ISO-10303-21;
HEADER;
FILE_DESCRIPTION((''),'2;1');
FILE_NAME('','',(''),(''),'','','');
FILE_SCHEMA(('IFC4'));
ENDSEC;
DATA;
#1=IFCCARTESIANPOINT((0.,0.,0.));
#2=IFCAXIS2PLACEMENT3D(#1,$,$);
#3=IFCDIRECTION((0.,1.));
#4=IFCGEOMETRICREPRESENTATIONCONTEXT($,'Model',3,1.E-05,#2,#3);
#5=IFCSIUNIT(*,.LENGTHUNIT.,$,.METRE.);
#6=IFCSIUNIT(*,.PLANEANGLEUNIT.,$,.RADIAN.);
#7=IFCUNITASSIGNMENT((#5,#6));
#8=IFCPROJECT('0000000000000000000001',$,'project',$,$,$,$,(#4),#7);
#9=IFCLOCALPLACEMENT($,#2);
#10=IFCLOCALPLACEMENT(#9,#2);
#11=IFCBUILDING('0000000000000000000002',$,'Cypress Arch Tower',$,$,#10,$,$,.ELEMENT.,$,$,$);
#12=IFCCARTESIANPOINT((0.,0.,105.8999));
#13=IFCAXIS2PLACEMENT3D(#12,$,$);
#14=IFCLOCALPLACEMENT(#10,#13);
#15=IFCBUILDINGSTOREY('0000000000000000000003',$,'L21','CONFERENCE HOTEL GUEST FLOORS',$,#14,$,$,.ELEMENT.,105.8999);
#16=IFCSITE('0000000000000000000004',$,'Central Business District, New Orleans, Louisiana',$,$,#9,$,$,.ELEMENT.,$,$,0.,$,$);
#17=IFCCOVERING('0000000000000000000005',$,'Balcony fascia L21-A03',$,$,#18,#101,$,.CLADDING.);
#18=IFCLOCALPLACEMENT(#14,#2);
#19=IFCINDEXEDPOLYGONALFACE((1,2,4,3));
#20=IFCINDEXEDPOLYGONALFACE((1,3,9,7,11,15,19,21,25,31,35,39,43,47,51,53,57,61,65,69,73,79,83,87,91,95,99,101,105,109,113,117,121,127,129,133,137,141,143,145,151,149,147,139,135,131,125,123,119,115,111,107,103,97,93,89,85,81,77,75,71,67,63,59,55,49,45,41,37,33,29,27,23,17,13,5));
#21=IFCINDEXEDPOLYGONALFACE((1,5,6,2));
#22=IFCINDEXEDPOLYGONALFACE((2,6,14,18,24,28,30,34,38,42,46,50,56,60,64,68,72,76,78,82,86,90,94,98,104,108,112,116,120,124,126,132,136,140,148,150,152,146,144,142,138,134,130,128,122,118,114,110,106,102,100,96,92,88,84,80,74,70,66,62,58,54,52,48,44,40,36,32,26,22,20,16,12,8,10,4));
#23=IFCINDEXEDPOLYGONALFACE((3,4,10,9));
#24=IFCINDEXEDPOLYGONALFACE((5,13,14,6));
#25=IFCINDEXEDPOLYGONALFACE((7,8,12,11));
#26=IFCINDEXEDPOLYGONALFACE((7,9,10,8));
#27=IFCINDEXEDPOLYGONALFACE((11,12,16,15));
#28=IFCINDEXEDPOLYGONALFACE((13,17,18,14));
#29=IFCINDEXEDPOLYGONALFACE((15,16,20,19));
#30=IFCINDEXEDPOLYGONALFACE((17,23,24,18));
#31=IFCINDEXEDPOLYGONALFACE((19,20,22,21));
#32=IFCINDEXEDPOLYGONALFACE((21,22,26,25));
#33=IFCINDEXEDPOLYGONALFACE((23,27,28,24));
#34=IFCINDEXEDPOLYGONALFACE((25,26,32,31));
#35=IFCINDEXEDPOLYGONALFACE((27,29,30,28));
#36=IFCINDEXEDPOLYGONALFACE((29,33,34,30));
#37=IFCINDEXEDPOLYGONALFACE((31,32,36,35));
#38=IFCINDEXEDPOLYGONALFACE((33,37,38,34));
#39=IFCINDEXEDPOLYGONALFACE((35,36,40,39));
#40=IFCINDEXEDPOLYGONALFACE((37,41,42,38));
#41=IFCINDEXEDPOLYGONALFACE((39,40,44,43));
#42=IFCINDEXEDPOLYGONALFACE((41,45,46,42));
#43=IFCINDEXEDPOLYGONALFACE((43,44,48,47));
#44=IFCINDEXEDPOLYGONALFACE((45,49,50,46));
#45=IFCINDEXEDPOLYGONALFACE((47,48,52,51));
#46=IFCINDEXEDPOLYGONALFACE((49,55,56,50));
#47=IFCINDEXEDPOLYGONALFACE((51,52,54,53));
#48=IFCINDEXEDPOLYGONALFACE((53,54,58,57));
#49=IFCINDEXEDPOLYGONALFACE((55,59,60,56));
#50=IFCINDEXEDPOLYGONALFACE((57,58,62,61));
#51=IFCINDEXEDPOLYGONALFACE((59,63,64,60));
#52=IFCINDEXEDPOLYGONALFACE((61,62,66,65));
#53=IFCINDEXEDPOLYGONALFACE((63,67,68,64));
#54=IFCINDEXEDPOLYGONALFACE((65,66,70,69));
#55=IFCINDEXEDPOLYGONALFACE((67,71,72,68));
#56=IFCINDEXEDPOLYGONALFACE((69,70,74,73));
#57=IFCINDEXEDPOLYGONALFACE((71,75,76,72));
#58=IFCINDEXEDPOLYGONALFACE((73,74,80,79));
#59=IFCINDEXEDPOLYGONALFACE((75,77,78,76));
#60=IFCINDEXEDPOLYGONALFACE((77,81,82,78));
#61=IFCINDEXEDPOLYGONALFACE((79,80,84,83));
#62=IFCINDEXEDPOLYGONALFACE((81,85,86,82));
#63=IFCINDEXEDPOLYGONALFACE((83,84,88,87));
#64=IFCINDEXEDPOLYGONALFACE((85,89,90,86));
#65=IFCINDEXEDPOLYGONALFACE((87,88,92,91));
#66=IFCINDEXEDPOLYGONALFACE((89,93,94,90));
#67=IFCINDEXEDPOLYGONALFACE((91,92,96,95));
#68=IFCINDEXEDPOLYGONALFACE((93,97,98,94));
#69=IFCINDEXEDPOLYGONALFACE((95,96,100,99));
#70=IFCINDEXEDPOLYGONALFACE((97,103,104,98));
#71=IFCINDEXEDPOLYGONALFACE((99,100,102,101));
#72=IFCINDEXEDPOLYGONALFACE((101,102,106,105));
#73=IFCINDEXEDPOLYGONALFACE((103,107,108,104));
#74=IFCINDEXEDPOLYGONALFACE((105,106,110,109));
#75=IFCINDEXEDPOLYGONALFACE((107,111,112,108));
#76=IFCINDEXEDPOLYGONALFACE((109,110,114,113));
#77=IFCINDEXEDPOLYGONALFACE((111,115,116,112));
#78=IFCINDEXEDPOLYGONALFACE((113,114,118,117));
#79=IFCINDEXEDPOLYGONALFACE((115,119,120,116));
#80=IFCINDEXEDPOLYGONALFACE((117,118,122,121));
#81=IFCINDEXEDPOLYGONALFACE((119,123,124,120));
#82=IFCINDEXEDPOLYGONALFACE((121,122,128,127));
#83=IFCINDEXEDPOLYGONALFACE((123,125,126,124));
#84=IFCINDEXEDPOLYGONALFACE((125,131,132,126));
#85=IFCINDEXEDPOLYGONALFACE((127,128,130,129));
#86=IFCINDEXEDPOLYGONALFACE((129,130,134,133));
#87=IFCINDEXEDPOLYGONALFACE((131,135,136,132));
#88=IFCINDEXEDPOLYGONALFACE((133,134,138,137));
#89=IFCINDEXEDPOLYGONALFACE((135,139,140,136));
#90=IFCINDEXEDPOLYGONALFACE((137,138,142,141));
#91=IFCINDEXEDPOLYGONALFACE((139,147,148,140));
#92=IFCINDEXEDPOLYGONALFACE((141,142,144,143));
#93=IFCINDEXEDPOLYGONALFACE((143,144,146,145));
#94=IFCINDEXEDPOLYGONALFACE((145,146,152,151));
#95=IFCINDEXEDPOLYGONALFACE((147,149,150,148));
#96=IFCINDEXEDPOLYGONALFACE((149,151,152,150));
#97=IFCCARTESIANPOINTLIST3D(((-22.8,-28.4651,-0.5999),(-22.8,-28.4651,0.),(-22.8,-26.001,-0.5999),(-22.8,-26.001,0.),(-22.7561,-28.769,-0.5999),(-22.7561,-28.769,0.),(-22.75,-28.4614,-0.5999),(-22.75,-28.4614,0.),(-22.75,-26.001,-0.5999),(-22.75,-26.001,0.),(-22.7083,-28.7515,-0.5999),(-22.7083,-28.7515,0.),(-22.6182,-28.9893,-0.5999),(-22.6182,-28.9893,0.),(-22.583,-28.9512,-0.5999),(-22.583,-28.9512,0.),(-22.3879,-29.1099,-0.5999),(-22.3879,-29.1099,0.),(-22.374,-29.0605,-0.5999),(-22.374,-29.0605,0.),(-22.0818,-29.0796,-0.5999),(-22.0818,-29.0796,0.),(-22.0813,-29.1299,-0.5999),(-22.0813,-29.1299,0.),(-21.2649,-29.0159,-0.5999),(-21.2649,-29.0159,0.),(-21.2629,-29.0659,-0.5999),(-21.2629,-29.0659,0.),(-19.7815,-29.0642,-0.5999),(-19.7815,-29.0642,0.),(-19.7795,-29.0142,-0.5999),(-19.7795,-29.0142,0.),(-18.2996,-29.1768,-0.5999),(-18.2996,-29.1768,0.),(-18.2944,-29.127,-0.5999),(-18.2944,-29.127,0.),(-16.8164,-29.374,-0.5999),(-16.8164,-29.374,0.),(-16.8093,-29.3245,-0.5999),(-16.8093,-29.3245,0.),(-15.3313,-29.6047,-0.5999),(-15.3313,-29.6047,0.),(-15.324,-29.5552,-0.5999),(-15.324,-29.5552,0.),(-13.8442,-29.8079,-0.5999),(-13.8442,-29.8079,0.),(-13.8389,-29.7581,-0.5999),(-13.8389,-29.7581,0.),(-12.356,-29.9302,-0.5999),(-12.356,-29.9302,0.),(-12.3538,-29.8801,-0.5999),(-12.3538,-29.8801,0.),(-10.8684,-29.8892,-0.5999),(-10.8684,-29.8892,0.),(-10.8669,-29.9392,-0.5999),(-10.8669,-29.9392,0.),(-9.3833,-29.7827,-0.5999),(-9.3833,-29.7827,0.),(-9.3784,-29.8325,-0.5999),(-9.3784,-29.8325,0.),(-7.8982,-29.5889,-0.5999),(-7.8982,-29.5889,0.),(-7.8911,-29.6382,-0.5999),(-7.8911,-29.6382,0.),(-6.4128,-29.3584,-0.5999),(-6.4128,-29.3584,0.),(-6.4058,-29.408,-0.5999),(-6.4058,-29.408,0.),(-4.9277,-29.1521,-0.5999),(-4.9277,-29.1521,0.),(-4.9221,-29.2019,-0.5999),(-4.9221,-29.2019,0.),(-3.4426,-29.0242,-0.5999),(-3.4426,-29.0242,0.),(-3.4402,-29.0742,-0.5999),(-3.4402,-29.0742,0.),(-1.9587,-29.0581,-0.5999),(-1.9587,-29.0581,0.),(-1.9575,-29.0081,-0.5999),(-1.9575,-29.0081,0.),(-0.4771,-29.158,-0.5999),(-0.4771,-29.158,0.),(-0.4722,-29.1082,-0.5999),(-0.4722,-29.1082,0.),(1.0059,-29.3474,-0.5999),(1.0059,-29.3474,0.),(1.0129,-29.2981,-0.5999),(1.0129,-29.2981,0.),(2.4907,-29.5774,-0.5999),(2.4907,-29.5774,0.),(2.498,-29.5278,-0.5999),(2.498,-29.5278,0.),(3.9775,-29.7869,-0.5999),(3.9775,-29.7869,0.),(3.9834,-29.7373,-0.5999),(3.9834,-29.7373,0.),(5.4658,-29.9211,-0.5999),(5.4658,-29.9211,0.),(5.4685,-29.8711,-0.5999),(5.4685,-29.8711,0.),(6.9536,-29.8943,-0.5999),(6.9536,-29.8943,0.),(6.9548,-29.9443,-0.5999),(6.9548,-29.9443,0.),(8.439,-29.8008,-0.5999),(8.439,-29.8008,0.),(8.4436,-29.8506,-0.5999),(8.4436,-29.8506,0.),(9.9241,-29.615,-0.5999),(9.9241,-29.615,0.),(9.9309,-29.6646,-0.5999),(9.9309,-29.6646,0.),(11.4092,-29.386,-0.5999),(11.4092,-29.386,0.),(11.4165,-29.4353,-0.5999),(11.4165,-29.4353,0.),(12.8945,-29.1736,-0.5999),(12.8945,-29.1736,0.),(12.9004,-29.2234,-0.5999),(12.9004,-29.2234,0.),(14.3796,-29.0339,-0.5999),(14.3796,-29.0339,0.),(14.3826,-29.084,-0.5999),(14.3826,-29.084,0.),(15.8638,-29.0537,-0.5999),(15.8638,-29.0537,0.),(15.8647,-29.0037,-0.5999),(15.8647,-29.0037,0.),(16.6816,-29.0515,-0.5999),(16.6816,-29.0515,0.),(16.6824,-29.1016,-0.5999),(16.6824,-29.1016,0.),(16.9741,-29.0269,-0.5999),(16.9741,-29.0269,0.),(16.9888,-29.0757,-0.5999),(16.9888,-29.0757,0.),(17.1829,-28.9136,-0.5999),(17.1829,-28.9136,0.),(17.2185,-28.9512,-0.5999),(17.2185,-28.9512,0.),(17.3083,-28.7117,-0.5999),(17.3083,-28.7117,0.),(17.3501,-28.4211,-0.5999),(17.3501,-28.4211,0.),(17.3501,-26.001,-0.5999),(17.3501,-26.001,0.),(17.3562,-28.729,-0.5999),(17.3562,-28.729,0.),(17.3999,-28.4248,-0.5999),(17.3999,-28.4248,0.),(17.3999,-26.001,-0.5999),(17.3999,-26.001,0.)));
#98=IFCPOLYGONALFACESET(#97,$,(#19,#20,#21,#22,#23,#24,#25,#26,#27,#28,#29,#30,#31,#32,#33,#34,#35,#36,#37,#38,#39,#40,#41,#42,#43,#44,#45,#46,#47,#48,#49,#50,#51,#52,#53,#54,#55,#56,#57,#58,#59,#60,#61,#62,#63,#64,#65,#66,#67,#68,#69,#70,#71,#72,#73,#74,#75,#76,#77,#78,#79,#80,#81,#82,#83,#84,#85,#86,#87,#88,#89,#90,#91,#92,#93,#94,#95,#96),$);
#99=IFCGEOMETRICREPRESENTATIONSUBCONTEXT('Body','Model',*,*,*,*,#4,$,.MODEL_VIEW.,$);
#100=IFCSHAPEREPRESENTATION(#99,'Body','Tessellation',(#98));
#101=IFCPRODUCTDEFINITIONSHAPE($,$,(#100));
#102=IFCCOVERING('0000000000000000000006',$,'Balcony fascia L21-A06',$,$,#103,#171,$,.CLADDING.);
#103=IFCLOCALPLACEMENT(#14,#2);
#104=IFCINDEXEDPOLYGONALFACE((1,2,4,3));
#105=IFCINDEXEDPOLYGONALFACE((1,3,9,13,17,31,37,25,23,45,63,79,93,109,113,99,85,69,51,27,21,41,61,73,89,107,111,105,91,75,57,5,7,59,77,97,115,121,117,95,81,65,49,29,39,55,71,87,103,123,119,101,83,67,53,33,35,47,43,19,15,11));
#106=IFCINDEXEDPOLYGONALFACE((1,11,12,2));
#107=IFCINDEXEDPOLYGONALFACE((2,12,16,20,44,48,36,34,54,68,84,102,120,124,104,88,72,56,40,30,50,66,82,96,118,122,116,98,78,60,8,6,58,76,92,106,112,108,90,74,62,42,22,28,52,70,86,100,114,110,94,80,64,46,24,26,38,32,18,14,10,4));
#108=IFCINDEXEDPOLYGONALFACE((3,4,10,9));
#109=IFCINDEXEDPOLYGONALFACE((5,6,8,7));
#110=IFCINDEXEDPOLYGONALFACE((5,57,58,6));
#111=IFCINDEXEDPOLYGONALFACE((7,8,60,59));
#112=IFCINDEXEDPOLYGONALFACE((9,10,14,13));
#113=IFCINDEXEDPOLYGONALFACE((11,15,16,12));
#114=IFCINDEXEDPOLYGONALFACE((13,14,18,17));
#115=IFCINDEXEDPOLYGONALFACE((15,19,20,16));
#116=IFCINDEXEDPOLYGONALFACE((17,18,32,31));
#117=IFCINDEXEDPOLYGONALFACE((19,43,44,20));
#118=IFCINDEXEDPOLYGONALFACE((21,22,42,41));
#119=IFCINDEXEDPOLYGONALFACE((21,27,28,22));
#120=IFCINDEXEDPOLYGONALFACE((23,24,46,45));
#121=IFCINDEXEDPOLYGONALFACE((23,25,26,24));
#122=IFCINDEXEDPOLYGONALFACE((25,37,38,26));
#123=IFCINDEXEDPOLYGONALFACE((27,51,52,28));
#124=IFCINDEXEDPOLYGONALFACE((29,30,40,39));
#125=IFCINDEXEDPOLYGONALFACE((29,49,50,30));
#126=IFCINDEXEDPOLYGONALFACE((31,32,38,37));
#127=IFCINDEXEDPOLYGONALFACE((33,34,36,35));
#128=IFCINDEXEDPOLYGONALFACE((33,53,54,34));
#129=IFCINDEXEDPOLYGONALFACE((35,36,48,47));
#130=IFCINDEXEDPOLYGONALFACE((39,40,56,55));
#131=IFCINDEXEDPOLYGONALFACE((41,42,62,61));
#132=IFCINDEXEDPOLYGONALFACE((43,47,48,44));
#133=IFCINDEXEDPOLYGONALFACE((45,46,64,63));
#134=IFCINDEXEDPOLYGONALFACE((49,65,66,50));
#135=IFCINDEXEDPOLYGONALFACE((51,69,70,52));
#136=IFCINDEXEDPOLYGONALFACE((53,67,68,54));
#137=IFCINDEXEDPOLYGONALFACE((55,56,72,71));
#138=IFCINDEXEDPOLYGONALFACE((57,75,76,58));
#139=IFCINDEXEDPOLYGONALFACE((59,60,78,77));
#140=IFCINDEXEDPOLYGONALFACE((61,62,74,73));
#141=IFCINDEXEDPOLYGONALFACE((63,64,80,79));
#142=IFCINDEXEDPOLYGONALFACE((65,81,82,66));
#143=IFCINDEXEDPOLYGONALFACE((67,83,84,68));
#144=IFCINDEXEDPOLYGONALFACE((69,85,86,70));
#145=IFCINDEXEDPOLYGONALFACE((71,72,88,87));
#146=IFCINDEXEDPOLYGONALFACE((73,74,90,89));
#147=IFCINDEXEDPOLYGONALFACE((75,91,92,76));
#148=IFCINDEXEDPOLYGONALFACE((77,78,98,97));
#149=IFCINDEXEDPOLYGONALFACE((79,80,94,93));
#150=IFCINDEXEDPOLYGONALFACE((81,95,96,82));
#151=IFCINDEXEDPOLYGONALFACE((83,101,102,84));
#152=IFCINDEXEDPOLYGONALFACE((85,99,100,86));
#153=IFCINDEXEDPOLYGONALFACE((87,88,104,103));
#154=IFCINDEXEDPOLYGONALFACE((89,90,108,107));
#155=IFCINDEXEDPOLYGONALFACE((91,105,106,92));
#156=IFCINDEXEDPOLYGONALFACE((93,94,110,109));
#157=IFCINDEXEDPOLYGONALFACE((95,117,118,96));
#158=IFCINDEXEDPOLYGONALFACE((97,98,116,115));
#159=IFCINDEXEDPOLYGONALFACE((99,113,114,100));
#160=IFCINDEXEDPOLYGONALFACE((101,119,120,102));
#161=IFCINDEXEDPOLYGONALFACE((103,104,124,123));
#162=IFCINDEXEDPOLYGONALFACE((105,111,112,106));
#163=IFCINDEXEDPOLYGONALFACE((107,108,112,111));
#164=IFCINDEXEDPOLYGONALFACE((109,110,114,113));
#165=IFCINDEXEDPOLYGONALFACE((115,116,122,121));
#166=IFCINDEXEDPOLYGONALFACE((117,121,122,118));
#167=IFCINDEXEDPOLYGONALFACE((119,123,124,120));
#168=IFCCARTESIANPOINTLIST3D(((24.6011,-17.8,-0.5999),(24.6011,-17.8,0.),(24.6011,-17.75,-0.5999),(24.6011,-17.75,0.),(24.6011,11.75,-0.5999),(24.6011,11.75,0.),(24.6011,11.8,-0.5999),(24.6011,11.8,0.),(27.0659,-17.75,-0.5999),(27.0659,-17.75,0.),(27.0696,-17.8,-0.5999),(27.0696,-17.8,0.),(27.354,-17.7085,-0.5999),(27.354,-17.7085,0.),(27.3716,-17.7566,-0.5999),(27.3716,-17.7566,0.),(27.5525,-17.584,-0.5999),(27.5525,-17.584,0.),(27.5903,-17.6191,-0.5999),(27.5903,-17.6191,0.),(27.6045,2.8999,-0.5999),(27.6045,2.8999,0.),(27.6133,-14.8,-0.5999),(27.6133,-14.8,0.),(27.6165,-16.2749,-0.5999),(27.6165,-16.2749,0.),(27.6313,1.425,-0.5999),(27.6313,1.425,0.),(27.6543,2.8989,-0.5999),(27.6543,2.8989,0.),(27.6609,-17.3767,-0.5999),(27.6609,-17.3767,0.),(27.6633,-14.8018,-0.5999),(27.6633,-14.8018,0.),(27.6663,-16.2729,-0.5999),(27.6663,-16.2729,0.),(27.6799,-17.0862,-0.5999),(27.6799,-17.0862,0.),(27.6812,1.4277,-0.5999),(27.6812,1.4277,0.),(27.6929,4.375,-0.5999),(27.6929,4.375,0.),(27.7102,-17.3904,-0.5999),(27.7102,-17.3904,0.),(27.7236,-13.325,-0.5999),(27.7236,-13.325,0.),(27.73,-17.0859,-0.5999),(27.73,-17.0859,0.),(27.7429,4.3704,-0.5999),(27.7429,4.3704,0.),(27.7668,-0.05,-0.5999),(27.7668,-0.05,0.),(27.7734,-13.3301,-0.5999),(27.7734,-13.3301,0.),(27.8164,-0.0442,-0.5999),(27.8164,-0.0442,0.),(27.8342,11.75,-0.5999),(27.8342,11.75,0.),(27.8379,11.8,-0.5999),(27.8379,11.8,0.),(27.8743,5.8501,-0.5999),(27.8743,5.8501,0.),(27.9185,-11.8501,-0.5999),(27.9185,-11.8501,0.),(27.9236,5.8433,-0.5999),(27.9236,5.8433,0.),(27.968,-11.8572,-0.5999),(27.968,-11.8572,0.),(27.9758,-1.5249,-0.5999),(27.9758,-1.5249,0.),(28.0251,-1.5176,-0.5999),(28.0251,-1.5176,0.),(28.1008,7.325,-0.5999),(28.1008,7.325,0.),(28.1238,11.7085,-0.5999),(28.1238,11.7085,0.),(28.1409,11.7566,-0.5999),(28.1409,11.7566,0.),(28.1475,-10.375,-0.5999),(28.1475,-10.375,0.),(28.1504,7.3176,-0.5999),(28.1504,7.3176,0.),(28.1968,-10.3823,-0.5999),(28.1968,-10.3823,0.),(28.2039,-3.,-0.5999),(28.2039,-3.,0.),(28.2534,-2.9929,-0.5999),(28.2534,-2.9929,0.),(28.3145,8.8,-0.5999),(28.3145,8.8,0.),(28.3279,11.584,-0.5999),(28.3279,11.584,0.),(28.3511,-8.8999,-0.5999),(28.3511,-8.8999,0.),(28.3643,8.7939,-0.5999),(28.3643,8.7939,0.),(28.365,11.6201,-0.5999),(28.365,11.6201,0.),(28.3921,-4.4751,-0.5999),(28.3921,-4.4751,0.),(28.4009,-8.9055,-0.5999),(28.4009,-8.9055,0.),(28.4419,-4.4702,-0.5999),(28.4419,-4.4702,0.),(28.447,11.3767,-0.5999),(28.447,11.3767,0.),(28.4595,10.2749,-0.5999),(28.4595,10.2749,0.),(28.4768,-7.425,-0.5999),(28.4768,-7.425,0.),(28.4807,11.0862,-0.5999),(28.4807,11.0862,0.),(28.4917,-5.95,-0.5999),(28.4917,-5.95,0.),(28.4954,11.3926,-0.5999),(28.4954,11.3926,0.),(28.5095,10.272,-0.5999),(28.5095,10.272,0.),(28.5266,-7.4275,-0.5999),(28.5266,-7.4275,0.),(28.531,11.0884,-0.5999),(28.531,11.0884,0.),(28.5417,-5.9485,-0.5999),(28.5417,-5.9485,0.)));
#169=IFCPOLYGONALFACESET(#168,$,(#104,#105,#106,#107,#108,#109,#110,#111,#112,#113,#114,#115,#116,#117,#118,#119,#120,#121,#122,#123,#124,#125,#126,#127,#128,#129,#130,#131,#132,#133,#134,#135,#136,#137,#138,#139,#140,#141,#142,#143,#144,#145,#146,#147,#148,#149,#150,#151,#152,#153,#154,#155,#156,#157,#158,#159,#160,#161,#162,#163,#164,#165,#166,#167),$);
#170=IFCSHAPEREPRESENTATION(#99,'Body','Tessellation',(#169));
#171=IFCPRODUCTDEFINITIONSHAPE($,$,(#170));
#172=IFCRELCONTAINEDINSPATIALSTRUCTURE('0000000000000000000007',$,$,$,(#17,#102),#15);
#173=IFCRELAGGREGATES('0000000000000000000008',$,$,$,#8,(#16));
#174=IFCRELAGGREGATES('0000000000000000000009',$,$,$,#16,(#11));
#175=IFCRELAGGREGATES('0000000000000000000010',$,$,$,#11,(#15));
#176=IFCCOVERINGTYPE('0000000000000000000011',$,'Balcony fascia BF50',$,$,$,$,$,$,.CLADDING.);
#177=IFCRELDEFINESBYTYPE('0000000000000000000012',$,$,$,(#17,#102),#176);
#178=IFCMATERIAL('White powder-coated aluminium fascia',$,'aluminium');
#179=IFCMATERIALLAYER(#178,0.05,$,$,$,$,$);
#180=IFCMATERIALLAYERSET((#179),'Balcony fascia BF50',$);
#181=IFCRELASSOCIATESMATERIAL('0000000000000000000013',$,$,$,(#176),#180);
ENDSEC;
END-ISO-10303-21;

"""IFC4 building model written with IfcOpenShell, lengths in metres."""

from ifc_helpers import new_model, si_unit, direction, frame, origin, place, context, subcontext, project, spatial, polyline, outline, extrude, material, layer, layer_set, type_object, element, save


model = new_model("IFC4")

# Units and contexts
model_context = context("Model", 3, precision=1e-05, world=origin(), true_north=direction((0.0, 1.0)))
body_context = subcontext(model_context, "Body", "Model", "MODEL_VIEW")
ifc_project = project(units=[si_unit("LENGTHUNIT", "METRE"), si_unit("PLANEANGLEUNIT", "RADIAN")], contexts=[model_context])

# Site, building, storey
site_placement = place(None, origin())
site = spatial("IfcSite", under=ifc_project, at=site_placement, Name="Central Business District, New Orleans, Louisiana", CompositionType="ELEMENT", RefElevation=0.0)
building_placement = place(site_placement, origin())
building = spatial("IfcBuilding", under=site, at=building_placement, Name="Cypress Arch Tower", CompositionType="ELEMENT")
storey_placement = place(building_placement, frame((0.0, 0.0, 105.8999)))
storey = spatial("IfcBuildingStorey", under=building, at=storey_placement, Name="L21", Description="CONFERENCE HOTEL GUEST FLOORS", CompositionType="ELEMENT", Elevation=105.8999)

# Coverings
ifc_material_1 = material(Name="White powder-coated aluminium fascia", Category="aluminium")
ifc_layer_1 = layer(ifc_material_1, 0.05)
ifc_layer_set_1 = layer_set([ifc_layer_1], Name="Balcony fascia BF50")
covering_type_1 = type_object("IfcCoveringType", Name="Balcony fascia BF50", PredefinedType="CLADDING", material=ifc_layer_set_1)
covering_1_placement = place(storey_placement, frame((0.0, 0.0, -0.5999)))
element("IfcCovering", 1, at=covering_1_placement, inside=storey, type_object=covering_type_1, Name="Balcony fascia L21-A03", PredefinedType="CLADDING", context=body_context, shape_type="SweptSolid", body=[
    extrude(outline(polyline([(17.3999, -28.4248), (17.3562, -28.729), (17.2185, -28.9512), (16.9888, -29.0757), (16.6824, -29.1016), (15.8638, -29.0537), (14.3826, -29.084), (12.9004, -29.2234), (11.4165, -29.4353), (9.9309, -29.6646), (8.4436, -29.8506), (6.9548, -29.9443), (5.4658, -29.9211), (3.9775, -29.7869), (2.4907, -29.5774), (1.0059, -29.3474), (-0.4771, -29.158), (-1.9587, -29.0581), (-3.4402, -29.0742), (-4.9221, -29.2019), (-6.4058, -29.408), (-7.8911, -29.6382), (-9.3784, -29.8325), (-10.8669, -29.9392), (-12.356, -29.9302), (-13.8442, -29.8079), (-15.3313, -29.6047), (-16.8164, -29.374), (-18.2996, -29.1768), (-19.7815, -29.0642), (-21.2629, -29.0659), (-22.0813, -29.1299), (-22.3879, -29.1099), (-22.6182, -28.9893), (-22.7561, -28.769), (-22.8, -28.4651), (-22.8, -26.001), (-22.75, -26.001), (-22.75, -28.4614), (-22.7083, -28.7515), (-22.583, -28.9512), (-22.374, -29.0605), (-22.0818, -29.0796), (-21.2649, -29.0159), (-19.7795, -29.0142), (-18.2944, -29.127), (-16.8093, -29.3245), (-15.324, -29.5552), (-13.8389, -29.7581), (-12.3538, -29.8801), (-10.8684, -29.8892), (-9.3833, -29.7827), (-7.8982, -29.5889), (-6.4128, -29.3584), (-4.9277, -29.1521), (-3.4426, -29.0242), (-1.9575, -29.0081), (-0.4722, -29.1082), (1.0129, -29.2981), (2.498, -29.5278), (3.9834, -29.7373), (5.4685, -29.8711), (6.9536, -29.8943), (8.439, -29.8008), (9.9241, -29.615), (11.4092, -29.386), (12.8945, -29.1736), (14.3796, -29.0339), (15.8647, -29.0037), (16.6816, -29.0515), (16.9741, -29.0269), (17.1829, -28.9136), (17.3083, -28.7117), (17.3501, -28.4211), (17.3501, -26.001), (17.3999, -26.001), (17.3999, -28.4248)])), origin(), (0.0, 0.0, 1.0), 0.5999),
])
covering_2_placement = place(storey_placement, frame((0.0, 0.0, -0.5999)))
element("IfcCovering", 2, at=covering_2_placement, inside=storey, type_object=covering_type_1, Name="Balcony fascia L21-A06", PredefinedType="CLADDING", context=body_context, shape_type="SweptSolid", body=[
    extrude(outline(polyline([(27.8379, 11.8), (28.1409, 11.7566), (28.365, 11.6201), (28.4954, 11.3926), (28.531, 11.0884), (28.5095, 10.272), (28.3643, 8.7939), (28.1504, 7.3176), (27.9236, 5.8433), (27.7429, 4.3704), (27.6543, 2.8989), (27.6812, 1.4277), (27.8164, -0.0442), (28.0251, -1.5176), (28.2534, -2.9929), (28.4419, -4.4702), (28.5417, -5.9485), (28.5266, -7.4275), (28.4009, -8.9055), (28.1968, -10.3823), (27.968, -11.8572), (27.7734, -13.3301), (27.6633, -14.8018), (27.6663, -16.2729), (27.73, -17.0859), (27.7102, -17.3904), (27.5903, -17.6191), (27.3716, -17.7566), (27.0696, -17.8), (24.6011, -17.8), (24.6011, -17.75), (27.0659, -17.75), (27.354, -17.7085), (27.5525, -17.584), (27.6609, -17.3767), (27.6799, -17.0862), (27.6165, -16.2749), (27.6133, -14.8), (27.7236, -13.325), (27.9185, -11.8501), (28.1475, -10.375), (28.3511, -8.8999), (28.4768, -7.425), (28.4917, -5.95), (28.3921, -4.4751), (28.2039, -3.0), (27.9758, -1.5249), (27.7668, -0.05), (27.6313, 1.425), (27.6045, 2.8999), (27.6929, 4.375), (27.8743, 5.8501), (28.1008, 7.325), (28.3145, 8.8), (28.4595, 10.2749), (28.4807, 11.0862), (28.447, 11.3767), (28.3279, 11.584), (28.1238, 11.7085), (27.8342, 11.75), (24.6011, 11.75), (24.6011, 11.8), (27.8379, 11.8)])), origin(), (0.0, 0.0, 1.0), 0.5999),
])

save(model, "model.ifc")
